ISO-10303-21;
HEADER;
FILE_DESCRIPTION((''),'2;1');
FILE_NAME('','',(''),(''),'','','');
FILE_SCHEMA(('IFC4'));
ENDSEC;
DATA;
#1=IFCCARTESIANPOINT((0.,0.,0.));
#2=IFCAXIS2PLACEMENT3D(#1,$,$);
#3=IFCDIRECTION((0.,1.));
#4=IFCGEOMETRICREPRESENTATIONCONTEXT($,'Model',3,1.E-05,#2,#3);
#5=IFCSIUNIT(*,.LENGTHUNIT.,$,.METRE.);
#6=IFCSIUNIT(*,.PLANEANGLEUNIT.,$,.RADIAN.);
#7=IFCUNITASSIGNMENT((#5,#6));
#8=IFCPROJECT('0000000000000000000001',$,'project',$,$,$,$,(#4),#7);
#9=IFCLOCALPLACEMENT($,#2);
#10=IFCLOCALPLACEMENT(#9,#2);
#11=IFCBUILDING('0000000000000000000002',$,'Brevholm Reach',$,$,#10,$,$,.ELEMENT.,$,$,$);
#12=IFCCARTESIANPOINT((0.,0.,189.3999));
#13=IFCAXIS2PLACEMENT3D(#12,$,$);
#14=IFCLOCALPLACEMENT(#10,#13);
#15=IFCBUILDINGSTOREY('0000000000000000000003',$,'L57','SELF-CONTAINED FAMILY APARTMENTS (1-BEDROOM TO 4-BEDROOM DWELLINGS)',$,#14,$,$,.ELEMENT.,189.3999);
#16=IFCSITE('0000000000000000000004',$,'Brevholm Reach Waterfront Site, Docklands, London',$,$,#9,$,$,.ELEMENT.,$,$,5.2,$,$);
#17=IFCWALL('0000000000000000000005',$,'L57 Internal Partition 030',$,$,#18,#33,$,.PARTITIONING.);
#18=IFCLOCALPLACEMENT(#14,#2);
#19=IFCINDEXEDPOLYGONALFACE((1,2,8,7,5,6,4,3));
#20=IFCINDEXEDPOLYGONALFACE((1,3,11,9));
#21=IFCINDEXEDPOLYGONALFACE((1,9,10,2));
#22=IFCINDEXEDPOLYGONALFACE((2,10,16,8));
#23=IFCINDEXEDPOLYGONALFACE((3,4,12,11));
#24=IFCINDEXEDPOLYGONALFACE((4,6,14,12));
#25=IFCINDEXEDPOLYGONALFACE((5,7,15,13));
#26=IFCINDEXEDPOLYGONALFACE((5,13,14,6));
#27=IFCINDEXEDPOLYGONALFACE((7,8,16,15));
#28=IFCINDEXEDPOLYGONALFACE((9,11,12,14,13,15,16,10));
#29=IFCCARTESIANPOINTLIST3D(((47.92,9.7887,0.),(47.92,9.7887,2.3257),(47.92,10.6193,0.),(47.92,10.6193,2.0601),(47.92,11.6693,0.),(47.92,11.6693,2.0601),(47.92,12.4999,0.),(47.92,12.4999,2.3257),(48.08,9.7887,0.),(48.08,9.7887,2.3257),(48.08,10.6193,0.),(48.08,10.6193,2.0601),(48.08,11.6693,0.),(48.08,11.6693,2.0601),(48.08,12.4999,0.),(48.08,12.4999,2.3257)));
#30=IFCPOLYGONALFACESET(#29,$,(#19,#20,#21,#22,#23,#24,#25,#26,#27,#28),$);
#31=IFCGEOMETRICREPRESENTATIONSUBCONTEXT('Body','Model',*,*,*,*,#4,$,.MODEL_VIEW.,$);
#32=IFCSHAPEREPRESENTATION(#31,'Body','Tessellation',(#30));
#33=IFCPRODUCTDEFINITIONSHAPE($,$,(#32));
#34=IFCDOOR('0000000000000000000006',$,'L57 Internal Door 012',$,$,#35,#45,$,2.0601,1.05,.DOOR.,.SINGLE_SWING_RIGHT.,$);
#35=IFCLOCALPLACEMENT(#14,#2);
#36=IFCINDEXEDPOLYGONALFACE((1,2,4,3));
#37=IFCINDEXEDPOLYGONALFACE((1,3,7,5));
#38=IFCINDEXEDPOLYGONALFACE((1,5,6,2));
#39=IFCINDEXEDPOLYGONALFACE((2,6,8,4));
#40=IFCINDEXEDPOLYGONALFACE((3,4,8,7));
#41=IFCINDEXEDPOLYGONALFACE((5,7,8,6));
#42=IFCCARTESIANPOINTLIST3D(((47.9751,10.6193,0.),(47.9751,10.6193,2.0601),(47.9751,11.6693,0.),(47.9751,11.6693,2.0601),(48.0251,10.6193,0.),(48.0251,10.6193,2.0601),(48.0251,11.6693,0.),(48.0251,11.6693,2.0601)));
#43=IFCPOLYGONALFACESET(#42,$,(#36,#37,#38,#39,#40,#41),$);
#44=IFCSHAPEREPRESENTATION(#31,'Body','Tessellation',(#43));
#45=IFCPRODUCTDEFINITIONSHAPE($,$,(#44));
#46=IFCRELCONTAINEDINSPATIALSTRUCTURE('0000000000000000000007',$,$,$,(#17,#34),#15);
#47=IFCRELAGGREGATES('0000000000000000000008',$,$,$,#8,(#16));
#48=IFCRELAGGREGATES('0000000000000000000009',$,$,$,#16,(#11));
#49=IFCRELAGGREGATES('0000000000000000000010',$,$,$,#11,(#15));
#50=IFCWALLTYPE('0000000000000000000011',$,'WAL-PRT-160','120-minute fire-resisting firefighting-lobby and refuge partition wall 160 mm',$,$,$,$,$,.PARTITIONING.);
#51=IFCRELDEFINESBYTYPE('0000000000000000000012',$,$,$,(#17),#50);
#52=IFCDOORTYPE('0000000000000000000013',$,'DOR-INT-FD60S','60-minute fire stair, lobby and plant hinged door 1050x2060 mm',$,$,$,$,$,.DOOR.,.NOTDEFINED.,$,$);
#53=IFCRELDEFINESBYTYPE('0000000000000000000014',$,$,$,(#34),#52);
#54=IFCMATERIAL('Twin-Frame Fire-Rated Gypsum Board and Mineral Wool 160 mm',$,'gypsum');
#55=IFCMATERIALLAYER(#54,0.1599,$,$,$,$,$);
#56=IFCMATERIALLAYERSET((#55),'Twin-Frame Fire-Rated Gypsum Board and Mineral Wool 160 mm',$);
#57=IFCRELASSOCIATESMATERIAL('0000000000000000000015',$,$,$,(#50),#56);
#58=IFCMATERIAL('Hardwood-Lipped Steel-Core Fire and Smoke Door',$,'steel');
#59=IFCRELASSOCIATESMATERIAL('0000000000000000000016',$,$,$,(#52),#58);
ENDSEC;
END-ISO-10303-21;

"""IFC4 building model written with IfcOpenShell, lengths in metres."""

from ifc_helpers import new_model, si_unit, direction, frame, frame_2d, origin, place, context, subcontext, project, spatial, rectangle, extrude, material, layer, layer_set, type_object, element, fill, save


model = new_model("IFC4")

# Units and contexts
model_context = context("Model", 3, precision=1e-05, world=origin(), true_north=direction((0.0, 1.0)))
body_context = subcontext(model_context, "Body", "Model", "MODEL_VIEW")
ifc_project = project(units=[si_unit("LENGTHUNIT", "METRE"), si_unit("PLANEANGLEUNIT", "RADIAN")], contexts=[model_context])

# Site, building, storey
site_placement = place(None, origin())
site = spatial("IfcSite", under=ifc_project, at=site_placement, Name="Brevholm Reach Waterfront Site, Docklands, London", CompositionType="ELEMENT", RefElevation=5.2)
building_placement = place(site_placement, origin())
building = spatial("IfcBuilding", under=site, at=building_placement, Name="Brevholm Reach", CompositionType="ELEMENT")
storey_placement = place(building_placement, frame((0.0, 0.0, 189.3999)))
storey = spatial("IfcBuildingStorey", under=building, at=storey_placement, Name="L57", Description="SELF-CONTAINED FAMILY APARTMENTS (1-BEDROOM TO 4-BEDROOM DWELLINGS)", CompositionType="ELEMENT", Elevation=189.3999)

# Wall, opening, door
ifc_material_1 = material(Name="Twin-Frame Fire-Rated Gypsum Board and Mineral Wool 160 mm", Category="gypsum")
ifc_layer_1 = layer(ifc_material_1, 0.1599)
ifc_layer_set_1 = layer_set([ifc_layer_1], Name="Twin-Frame Fire-Rated Gypsum Board and Mineral Wool 160 mm")
wall_type_1 = type_object("IfcWallType", Name="WAL-PRT-160", Description="120-minute fire-resisting firefighting-lobby and refuge partition wall 160 mm", PredefinedType="PARTITIONING", material=ifc_layer_set_1)
wall_1_placement = place(storey_placement, frame((48.0, 9.7888, 0.0), z_axis=(0.0, 0.0, 1.0), x_axis=(0.0, 1.0, 0.0)))
wall_1 = element("IfcWall", 1, at=wall_1_placement, inside=storey, type_object=wall_type_1, Name="L57 Internal Partition 030", PredefinedType="PARTITIONING", context=body_context, shape_type="SweptSolid", body=[
    extrude(rectangle(XDim=2.7112, YDim=0.1599, at=frame_2d((1.3555, 0.0))), origin(), (0.0, 0.0, 1.0), 2.3257),
])
opening_1_placement = place(wall_1_placement, frame((0.8306, 0.0, 0.0)))
opening_1 = element("IfcOpeningElement", 2, at=opening_1_placement, cuts=wall_1, PredefinedType="OPENING", context=body_context, shape_type="SweptSolid", body=[
    extrude(rectangle(XDim=1.05, YDim=2.0601, at=frame_2d((0.5249, 1.03))), frame((0.0, 0.0898, 0.0), z_axis=(0.0, -1.0, 0.0), x_axis=(1.0, 0.0, 0.0)), (0.0, 0.0, 1.0), 0.1799),
])
ifc_material_2 = material(Name="Hardwood-Lipped Steel-Core Fire and Smoke Door", Category="steel")
door_type_1 = type_object("IfcDoorType", Name="DOR-INT-FD60S", Description="60-minute fire stair, lobby and plant hinged door 1050x2060 mm", OperationType="NOTDEFINED", PredefinedType="DOOR", material=ifc_material_2)
door_1_placement = place(opening_1_placement, origin())
door_1 = element("IfcDoor", 3, at=door_1_placement, inside=storey, type_object=door_type_1, Name="L57 Internal Door 012", OperationType="SINGLE_SWING_RIGHT", OverallHeight=2.0601, OverallWidth=1.05, PredefinedType="DOOR", context=body_context, shape_type="SweptSolid", body=[
    extrude(rectangle(XDim=1.05, YDim=2.0601, at=frame_2d((0.5249, 1.03))), frame((0.0, 0.0249, 0.0), z_axis=(0.0, -1.0, 0.0), x_axis=(1.0, 0.0, 0.0)), (0.0, 0.0, 1.0), 0.05),
])
fill(opening_1, door_1)

save(model, "model.ifc")
